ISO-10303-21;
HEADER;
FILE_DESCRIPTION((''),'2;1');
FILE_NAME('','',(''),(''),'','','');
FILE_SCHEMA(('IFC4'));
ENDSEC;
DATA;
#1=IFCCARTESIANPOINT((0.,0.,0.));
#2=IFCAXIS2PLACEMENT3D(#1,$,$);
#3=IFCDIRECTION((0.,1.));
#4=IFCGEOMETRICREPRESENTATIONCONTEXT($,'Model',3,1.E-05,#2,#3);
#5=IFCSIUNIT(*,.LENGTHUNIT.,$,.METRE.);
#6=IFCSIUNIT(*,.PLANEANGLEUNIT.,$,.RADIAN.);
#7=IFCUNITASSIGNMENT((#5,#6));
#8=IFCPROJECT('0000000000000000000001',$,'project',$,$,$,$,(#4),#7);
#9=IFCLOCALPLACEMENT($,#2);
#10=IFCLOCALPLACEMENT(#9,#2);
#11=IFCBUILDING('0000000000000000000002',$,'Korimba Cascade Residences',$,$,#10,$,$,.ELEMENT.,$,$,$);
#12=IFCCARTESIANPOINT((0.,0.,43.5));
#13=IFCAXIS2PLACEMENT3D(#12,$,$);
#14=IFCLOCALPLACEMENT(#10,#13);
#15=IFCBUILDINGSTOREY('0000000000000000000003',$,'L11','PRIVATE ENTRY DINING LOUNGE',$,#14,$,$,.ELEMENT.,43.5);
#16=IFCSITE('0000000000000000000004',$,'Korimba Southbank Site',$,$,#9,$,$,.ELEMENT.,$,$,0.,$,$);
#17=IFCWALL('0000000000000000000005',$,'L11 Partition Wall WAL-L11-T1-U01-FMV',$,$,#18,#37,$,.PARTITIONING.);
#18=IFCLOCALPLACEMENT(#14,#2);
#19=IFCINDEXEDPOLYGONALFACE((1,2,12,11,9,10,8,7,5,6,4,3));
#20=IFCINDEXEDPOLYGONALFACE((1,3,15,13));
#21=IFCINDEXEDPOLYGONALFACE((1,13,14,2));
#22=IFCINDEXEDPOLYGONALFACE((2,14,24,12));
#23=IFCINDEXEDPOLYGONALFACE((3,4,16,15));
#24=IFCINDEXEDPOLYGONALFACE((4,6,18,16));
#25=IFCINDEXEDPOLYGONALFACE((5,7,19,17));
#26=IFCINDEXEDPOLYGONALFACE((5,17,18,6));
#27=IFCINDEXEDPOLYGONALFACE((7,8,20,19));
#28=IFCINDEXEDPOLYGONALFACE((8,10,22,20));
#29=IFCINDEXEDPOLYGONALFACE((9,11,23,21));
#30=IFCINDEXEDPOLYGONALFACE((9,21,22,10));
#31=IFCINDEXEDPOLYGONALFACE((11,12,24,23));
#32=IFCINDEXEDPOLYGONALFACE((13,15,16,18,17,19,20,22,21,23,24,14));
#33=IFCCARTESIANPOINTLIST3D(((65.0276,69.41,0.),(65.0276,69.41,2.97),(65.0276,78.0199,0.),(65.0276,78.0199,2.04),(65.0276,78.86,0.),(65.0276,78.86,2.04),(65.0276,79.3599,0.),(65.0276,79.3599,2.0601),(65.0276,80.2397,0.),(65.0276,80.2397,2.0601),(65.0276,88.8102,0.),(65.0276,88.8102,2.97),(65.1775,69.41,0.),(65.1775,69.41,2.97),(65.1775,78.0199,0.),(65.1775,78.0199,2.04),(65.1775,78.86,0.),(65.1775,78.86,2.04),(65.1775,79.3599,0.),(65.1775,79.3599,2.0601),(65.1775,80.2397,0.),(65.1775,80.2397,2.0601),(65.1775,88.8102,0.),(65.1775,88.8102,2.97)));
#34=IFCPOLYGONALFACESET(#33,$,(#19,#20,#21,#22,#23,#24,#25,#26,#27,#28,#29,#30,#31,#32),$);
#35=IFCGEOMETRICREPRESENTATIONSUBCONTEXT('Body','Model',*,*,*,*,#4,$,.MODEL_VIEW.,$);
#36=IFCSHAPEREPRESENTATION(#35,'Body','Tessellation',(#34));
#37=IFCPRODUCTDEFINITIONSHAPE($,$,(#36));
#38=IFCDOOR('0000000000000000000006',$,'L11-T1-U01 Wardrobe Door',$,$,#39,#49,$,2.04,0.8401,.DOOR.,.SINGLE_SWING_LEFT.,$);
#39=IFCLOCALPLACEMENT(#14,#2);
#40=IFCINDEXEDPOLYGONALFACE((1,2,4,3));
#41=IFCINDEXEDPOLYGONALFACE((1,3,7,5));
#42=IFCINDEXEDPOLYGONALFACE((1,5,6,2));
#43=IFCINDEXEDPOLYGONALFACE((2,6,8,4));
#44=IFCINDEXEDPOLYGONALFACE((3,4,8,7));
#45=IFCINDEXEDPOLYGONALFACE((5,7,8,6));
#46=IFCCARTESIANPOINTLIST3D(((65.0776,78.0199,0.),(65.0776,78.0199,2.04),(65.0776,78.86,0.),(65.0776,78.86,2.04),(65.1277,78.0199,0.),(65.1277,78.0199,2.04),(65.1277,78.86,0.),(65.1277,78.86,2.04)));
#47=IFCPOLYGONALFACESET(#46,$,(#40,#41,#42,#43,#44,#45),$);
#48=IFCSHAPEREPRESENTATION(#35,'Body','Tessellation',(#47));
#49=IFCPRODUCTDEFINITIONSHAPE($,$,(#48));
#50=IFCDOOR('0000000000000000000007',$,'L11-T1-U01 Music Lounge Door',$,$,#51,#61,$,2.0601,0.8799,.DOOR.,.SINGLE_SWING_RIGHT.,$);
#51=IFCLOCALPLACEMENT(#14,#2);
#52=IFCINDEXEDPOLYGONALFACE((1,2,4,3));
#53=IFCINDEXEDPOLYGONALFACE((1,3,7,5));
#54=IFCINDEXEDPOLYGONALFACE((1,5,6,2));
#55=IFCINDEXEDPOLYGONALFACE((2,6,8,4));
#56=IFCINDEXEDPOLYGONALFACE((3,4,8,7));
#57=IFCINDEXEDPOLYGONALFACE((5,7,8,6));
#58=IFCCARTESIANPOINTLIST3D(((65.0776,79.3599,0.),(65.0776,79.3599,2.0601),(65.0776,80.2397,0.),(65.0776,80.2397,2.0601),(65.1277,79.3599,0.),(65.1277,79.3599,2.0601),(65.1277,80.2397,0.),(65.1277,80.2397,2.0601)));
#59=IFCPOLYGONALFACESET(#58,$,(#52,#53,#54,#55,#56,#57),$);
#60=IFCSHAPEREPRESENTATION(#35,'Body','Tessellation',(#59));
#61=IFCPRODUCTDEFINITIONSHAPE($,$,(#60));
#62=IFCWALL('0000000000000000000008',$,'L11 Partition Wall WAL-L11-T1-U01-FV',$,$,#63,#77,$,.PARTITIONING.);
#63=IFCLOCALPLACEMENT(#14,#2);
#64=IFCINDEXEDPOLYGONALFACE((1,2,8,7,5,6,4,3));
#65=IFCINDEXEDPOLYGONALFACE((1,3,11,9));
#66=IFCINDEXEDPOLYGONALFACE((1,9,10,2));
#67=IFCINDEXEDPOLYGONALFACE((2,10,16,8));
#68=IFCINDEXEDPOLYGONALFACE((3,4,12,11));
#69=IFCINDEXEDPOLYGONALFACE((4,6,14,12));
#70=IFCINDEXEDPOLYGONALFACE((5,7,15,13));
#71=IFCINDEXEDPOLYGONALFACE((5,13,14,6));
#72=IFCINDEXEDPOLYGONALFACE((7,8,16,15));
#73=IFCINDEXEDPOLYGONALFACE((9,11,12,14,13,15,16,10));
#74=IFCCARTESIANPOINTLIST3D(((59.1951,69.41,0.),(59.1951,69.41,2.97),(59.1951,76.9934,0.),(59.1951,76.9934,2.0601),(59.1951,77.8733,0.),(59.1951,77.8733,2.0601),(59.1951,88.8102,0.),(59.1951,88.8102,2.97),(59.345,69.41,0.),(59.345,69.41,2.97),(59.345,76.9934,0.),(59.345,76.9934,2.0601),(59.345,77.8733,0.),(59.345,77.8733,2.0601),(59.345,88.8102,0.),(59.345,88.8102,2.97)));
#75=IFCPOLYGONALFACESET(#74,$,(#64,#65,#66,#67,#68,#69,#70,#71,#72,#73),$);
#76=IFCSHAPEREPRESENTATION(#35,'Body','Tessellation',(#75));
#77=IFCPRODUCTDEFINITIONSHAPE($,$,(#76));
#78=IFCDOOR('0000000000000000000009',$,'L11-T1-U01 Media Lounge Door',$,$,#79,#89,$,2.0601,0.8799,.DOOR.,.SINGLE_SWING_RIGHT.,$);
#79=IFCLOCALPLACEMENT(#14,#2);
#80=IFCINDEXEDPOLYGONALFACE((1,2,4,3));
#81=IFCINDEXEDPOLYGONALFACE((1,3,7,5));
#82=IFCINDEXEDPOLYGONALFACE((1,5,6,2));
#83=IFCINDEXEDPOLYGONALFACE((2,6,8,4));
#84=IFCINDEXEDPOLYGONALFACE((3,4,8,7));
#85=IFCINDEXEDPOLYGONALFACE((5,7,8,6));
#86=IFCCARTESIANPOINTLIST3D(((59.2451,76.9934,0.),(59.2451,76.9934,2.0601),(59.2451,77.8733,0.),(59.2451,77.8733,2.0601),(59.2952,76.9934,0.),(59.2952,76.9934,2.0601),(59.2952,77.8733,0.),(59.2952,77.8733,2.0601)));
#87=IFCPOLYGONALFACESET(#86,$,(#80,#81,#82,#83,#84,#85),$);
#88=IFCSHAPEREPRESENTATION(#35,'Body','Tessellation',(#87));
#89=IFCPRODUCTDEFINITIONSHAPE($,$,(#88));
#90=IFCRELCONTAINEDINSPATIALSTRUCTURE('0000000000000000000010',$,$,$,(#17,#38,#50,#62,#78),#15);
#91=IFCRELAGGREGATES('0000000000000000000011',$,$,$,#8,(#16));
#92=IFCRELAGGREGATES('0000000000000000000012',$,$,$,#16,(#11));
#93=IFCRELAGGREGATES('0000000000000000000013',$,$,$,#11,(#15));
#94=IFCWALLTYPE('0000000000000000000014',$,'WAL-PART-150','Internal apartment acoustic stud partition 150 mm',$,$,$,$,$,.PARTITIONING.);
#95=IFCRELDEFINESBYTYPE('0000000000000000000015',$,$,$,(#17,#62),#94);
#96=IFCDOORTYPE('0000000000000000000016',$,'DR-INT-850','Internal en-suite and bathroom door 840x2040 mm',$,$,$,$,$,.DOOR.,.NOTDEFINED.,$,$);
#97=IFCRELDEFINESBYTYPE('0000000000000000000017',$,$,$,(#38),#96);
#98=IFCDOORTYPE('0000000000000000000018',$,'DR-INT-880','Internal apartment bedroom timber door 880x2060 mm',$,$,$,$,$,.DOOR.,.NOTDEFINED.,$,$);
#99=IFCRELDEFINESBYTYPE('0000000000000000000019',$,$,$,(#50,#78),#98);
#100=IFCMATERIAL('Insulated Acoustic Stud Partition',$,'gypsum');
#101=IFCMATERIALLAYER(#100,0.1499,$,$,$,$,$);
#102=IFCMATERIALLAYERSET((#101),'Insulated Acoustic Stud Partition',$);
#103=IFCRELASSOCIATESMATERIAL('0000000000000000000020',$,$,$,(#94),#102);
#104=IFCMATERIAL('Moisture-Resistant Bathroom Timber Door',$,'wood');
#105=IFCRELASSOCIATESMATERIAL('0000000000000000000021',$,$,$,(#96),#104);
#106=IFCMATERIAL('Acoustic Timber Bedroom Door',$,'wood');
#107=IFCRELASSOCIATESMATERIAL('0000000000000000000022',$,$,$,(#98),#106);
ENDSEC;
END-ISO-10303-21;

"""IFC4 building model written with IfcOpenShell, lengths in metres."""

from ifc_helpers import new_model, si_unit, direction, frame, frame_2d, origin, place, context, subcontext, project, spatial, rectangle, extrude, material, layer, layer_set, type_object, element, fill, save


model = new_model("IFC4")

# Units and contexts
model_context = context("Model", 3, precision=1e-05, world=origin(), true_north=direction((0.0, 1.0)))
body_context = subcontext(model_context, "Body", "Model", "MODEL_VIEW")
ifc_project = project(units=[si_unit("LENGTHUNIT", "METRE"), si_unit("PLANEANGLEUNIT", "RADIAN")], contexts=[model_context])

# Site, building, storey
site_placement = place(None, origin())
site = spatial("IfcSite", under=ifc_project, at=site_placement, Name="Korimba Southbank Site", CompositionType="ELEMENT", RefElevation=0.0)
building_placement = place(site_placement, origin())
building = spatial("IfcBuilding", under=site, at=building_placement, Name="Korimba Cascade Residences", CompositionType="ELEMENT")
storey_placement = place(building_placement, frame((0.0, 0.0, 43.5)))
storey = spatial("IfcBuildingStorey", under=building, at=storey_placement, Name="L11", Description="PRIVATE ENTRY DINING LOUNGE", CompositionType="ELEMENT", Elevation=43.5)

# Shared definitions
ifc_material_1 = material(Name="Insulated Acoustic Stud Partition", Category="gypsum")
ifc_layer_1 = layer(ifc_material_1, 0.1499)
ifc_layer_set_1 = layer_set([ifc_layer_1], Name="Insulated Acoustic Stud Partition")
wall_type_1 = type_object("IfcWallType", Name="WAL-PART-150", Description="Internal apartment acoustic stud partition 150 mm", PredefinedType="PARTITIONING", material=ifc_layer_set_1)
ifc_material_2 = material(Name="Moisture-Resistant Bathroom Timber Door", Category="wood")
door_type_1 = type_object("IfcDoorType", Name="DR-INT-850", Description="Internal en-suite and bathroom door 840x2040 mm", OperationType="NOTDEFINED", PredefinedType="DOOR", material=ifc_material_2)

# Wall, openings, doors
wall_1_placement = place(storey_placement, frame((65.1025, 69.4099, 0.0), z_axis=(0.0, 0.0, 1.0), x_axis=(0.0, 1.0, 0.0)))
wall_1 = element("IfcWall", 1, at=wall_1_placement, inside=storey, type_object=wall_type_1, Name="L11 Partition Wall WAL-L11-T1-U01-FMV", PredefinedType="PARTITIONING", context=body_context, shape_type="SweptSolid", body=[
    extrude(rectangle(XDim=19.4001, YDim=0.1499, at=frame_2d((9.7002, 0.0))), origin(), (0.0, 0.0, 1.0), 2.97),
])
opening_1_placement = place(wall_1_placement, frame((8.6101, 0.0, 0.0)))
opening_1 = element("IfcOpeningElement", 2, at=opening_1_placement, cuts=wall_1, PredefinedType="OPENING", context=body_context, shape_type="SweptSolid", body=[
    extrude(rectangle(XDim=0.8401, YDim=2.04, at=frame_2d((0.4199, 1.02))), frame((0.0, 0.085, 0.0), z_axis=(0.0, -1.0, 0.0), x_axis=(1.0, 0.0, 0.0)), (0.0, 0.0, 1.0), 0.1699),
])
opening_2_placement = place(wall_1_placement, frame((9.95, 0.0, 0.0)))
opening_2 = element("IfcOpeningElement", 3, at=opening_2_placement, cuts=wall_1, PredefinedType="OPENING", context=body_context, shape_type="SweptSolid", body=[
    extrude(rectangle(XDim=0.8799, YDim=2.0601, at=frame_2d((0.4399, 1.03))), frame((0.0, 0.085, 0.0), z_axis=(0.0, -1.0, 0.0), x_axis=(1.0, 0.0, 0.0)), (0.0, 0.0, 1.0), 0.1699),
])
door_1_placement = place(opening_1_placement, origin())
door_1 = element("IfcDoor", 4, at=door_1_placement, inside=storey, type_object=door_type_1, Name="L11-T1-U01 Wardrobe Door", OperationType="SINGLE_SWING_LEFT", OverallHeight=2.04, OverallWidth=0.8401, PredefinedType="DOOR", context=body_context, shape_type="SweptSolid", body=[
    extrude(rectangle(XDim=0.8401, YDim=2.04, at=frame_2d((0.4199, 1.02))), frame((0.0, 0.0249, 0.0), z_axis=(0.0, -1.0, 0.0), x_axis=(1.0, 0.0, 0.0)), (0.0, 0.0, 1.0), 0.05),
])
fill(opening_1, door_1)
ifc_material_3 = material(Name="Acoustic Timber Bedroom Door", Category="wood")
door_type_2 = type_object("IfcDoorType", Name="DR-INT-880", Description="Internal apartment bedroom timber door 880x2060 mm", OperationType="NOTDEFINED", PredefinedType="DOOR", material=ifc_material_3)
door_2_placement = place(opening_2_placement, origin())
door_2 = element("IfcDoor", 5, at=door_2_placement, inside=storey, type_object=door_type_2, Name="L11-T1-U01 Music Lounge Door", OperationType="SINGLE_SWING_RIGHT", OverallHeight=2.0601, OverallWidth=0.8799, PredefinedType="DOOR", context=body_context, shape_type="SweptSolid", body=[
    extrude(rectangle(XDim=0.8799, YDim=2.0601, at=frame_2d((0.4399, 1.03))), frame((0.0, 0.0249, 0.0), z_axis=(0.0, -1.0, 0.0), x_axis=(1.0, 0.0, 0.0)), (0.0, 0.0, 1.0), 0.05),
])
fill(opening_2, door_2)

# Wall, opening, door
wall_2_placement = place(storey_placement, frame((59.27, 69.4099, 0.0), z_axis=(0.0, 0.0, 1.0), x_axis=(0.0, 1.0, 0.0)))
wall_2 = element("IfcWall", 6, at=wall_2_placement, inside=storey, type_object=wall_type_1, Name="L11 Partition Wall WAL-L11-T1-U01-FV", PredefinedType="PARTITIONING", context=body_context, shape_type="SweptSolid", body=[
    extrude(rectangle(XDim=19.4001, YDim=0.1499, at=frame_2d((9.7002, 0.0))), origin(), (0.0, 0.0, 1.0), 2.97),
])
opening_3_placement = place(wall_2_placement, frame((7.5835, 0.0, 0.0)))
opening_3 = element("IfcOpeningElement", 7, at=opening_3_placement, cuts=wall_2, PredefinedType="OPENING", context=body_context, shape_type="SweptSolid", body=[
    extrude(rectangle(XDim=0.8799, YDim=2.0601, at=frame_2d((0.4399, 1.03))), frame((0.0, 0.085, 0.0), z_axis=(0.0, -1.0, 0.0), x_axis=(1.0, 0.0, 0.0)), (0.0, 0.0, 1.0), 0.1699),
])
door_3_placement = place(opening_3_placement, origin())
door_3 = element("IfcDoor", 8, at=door_3_placement, inside=storey, type_object=door_type_2, Name="L11-T1-U01 Media Lounge Door", OperationType="SINGLE_SWING_RIGHT", OverallHeight=2.0601, OverallWidth=0.8799, PredefinedType="DOOR", context=body_context, shape_type="SweptSolid", body=[
    extrude(rectangle(XDim=0.8799, YDim=2.0601, at=frame_2d((0.4399, 1.03))), frame((0.0, 0.0249, 0.0), z_axis=(0.0, -1.0, 0.0), x_axis=(1.0, 0.0, 0.0)), (0.0, 0.0, 1.0), 0.05),
])
fill(opening_3, door_3)

save(model, "model.ifc")
